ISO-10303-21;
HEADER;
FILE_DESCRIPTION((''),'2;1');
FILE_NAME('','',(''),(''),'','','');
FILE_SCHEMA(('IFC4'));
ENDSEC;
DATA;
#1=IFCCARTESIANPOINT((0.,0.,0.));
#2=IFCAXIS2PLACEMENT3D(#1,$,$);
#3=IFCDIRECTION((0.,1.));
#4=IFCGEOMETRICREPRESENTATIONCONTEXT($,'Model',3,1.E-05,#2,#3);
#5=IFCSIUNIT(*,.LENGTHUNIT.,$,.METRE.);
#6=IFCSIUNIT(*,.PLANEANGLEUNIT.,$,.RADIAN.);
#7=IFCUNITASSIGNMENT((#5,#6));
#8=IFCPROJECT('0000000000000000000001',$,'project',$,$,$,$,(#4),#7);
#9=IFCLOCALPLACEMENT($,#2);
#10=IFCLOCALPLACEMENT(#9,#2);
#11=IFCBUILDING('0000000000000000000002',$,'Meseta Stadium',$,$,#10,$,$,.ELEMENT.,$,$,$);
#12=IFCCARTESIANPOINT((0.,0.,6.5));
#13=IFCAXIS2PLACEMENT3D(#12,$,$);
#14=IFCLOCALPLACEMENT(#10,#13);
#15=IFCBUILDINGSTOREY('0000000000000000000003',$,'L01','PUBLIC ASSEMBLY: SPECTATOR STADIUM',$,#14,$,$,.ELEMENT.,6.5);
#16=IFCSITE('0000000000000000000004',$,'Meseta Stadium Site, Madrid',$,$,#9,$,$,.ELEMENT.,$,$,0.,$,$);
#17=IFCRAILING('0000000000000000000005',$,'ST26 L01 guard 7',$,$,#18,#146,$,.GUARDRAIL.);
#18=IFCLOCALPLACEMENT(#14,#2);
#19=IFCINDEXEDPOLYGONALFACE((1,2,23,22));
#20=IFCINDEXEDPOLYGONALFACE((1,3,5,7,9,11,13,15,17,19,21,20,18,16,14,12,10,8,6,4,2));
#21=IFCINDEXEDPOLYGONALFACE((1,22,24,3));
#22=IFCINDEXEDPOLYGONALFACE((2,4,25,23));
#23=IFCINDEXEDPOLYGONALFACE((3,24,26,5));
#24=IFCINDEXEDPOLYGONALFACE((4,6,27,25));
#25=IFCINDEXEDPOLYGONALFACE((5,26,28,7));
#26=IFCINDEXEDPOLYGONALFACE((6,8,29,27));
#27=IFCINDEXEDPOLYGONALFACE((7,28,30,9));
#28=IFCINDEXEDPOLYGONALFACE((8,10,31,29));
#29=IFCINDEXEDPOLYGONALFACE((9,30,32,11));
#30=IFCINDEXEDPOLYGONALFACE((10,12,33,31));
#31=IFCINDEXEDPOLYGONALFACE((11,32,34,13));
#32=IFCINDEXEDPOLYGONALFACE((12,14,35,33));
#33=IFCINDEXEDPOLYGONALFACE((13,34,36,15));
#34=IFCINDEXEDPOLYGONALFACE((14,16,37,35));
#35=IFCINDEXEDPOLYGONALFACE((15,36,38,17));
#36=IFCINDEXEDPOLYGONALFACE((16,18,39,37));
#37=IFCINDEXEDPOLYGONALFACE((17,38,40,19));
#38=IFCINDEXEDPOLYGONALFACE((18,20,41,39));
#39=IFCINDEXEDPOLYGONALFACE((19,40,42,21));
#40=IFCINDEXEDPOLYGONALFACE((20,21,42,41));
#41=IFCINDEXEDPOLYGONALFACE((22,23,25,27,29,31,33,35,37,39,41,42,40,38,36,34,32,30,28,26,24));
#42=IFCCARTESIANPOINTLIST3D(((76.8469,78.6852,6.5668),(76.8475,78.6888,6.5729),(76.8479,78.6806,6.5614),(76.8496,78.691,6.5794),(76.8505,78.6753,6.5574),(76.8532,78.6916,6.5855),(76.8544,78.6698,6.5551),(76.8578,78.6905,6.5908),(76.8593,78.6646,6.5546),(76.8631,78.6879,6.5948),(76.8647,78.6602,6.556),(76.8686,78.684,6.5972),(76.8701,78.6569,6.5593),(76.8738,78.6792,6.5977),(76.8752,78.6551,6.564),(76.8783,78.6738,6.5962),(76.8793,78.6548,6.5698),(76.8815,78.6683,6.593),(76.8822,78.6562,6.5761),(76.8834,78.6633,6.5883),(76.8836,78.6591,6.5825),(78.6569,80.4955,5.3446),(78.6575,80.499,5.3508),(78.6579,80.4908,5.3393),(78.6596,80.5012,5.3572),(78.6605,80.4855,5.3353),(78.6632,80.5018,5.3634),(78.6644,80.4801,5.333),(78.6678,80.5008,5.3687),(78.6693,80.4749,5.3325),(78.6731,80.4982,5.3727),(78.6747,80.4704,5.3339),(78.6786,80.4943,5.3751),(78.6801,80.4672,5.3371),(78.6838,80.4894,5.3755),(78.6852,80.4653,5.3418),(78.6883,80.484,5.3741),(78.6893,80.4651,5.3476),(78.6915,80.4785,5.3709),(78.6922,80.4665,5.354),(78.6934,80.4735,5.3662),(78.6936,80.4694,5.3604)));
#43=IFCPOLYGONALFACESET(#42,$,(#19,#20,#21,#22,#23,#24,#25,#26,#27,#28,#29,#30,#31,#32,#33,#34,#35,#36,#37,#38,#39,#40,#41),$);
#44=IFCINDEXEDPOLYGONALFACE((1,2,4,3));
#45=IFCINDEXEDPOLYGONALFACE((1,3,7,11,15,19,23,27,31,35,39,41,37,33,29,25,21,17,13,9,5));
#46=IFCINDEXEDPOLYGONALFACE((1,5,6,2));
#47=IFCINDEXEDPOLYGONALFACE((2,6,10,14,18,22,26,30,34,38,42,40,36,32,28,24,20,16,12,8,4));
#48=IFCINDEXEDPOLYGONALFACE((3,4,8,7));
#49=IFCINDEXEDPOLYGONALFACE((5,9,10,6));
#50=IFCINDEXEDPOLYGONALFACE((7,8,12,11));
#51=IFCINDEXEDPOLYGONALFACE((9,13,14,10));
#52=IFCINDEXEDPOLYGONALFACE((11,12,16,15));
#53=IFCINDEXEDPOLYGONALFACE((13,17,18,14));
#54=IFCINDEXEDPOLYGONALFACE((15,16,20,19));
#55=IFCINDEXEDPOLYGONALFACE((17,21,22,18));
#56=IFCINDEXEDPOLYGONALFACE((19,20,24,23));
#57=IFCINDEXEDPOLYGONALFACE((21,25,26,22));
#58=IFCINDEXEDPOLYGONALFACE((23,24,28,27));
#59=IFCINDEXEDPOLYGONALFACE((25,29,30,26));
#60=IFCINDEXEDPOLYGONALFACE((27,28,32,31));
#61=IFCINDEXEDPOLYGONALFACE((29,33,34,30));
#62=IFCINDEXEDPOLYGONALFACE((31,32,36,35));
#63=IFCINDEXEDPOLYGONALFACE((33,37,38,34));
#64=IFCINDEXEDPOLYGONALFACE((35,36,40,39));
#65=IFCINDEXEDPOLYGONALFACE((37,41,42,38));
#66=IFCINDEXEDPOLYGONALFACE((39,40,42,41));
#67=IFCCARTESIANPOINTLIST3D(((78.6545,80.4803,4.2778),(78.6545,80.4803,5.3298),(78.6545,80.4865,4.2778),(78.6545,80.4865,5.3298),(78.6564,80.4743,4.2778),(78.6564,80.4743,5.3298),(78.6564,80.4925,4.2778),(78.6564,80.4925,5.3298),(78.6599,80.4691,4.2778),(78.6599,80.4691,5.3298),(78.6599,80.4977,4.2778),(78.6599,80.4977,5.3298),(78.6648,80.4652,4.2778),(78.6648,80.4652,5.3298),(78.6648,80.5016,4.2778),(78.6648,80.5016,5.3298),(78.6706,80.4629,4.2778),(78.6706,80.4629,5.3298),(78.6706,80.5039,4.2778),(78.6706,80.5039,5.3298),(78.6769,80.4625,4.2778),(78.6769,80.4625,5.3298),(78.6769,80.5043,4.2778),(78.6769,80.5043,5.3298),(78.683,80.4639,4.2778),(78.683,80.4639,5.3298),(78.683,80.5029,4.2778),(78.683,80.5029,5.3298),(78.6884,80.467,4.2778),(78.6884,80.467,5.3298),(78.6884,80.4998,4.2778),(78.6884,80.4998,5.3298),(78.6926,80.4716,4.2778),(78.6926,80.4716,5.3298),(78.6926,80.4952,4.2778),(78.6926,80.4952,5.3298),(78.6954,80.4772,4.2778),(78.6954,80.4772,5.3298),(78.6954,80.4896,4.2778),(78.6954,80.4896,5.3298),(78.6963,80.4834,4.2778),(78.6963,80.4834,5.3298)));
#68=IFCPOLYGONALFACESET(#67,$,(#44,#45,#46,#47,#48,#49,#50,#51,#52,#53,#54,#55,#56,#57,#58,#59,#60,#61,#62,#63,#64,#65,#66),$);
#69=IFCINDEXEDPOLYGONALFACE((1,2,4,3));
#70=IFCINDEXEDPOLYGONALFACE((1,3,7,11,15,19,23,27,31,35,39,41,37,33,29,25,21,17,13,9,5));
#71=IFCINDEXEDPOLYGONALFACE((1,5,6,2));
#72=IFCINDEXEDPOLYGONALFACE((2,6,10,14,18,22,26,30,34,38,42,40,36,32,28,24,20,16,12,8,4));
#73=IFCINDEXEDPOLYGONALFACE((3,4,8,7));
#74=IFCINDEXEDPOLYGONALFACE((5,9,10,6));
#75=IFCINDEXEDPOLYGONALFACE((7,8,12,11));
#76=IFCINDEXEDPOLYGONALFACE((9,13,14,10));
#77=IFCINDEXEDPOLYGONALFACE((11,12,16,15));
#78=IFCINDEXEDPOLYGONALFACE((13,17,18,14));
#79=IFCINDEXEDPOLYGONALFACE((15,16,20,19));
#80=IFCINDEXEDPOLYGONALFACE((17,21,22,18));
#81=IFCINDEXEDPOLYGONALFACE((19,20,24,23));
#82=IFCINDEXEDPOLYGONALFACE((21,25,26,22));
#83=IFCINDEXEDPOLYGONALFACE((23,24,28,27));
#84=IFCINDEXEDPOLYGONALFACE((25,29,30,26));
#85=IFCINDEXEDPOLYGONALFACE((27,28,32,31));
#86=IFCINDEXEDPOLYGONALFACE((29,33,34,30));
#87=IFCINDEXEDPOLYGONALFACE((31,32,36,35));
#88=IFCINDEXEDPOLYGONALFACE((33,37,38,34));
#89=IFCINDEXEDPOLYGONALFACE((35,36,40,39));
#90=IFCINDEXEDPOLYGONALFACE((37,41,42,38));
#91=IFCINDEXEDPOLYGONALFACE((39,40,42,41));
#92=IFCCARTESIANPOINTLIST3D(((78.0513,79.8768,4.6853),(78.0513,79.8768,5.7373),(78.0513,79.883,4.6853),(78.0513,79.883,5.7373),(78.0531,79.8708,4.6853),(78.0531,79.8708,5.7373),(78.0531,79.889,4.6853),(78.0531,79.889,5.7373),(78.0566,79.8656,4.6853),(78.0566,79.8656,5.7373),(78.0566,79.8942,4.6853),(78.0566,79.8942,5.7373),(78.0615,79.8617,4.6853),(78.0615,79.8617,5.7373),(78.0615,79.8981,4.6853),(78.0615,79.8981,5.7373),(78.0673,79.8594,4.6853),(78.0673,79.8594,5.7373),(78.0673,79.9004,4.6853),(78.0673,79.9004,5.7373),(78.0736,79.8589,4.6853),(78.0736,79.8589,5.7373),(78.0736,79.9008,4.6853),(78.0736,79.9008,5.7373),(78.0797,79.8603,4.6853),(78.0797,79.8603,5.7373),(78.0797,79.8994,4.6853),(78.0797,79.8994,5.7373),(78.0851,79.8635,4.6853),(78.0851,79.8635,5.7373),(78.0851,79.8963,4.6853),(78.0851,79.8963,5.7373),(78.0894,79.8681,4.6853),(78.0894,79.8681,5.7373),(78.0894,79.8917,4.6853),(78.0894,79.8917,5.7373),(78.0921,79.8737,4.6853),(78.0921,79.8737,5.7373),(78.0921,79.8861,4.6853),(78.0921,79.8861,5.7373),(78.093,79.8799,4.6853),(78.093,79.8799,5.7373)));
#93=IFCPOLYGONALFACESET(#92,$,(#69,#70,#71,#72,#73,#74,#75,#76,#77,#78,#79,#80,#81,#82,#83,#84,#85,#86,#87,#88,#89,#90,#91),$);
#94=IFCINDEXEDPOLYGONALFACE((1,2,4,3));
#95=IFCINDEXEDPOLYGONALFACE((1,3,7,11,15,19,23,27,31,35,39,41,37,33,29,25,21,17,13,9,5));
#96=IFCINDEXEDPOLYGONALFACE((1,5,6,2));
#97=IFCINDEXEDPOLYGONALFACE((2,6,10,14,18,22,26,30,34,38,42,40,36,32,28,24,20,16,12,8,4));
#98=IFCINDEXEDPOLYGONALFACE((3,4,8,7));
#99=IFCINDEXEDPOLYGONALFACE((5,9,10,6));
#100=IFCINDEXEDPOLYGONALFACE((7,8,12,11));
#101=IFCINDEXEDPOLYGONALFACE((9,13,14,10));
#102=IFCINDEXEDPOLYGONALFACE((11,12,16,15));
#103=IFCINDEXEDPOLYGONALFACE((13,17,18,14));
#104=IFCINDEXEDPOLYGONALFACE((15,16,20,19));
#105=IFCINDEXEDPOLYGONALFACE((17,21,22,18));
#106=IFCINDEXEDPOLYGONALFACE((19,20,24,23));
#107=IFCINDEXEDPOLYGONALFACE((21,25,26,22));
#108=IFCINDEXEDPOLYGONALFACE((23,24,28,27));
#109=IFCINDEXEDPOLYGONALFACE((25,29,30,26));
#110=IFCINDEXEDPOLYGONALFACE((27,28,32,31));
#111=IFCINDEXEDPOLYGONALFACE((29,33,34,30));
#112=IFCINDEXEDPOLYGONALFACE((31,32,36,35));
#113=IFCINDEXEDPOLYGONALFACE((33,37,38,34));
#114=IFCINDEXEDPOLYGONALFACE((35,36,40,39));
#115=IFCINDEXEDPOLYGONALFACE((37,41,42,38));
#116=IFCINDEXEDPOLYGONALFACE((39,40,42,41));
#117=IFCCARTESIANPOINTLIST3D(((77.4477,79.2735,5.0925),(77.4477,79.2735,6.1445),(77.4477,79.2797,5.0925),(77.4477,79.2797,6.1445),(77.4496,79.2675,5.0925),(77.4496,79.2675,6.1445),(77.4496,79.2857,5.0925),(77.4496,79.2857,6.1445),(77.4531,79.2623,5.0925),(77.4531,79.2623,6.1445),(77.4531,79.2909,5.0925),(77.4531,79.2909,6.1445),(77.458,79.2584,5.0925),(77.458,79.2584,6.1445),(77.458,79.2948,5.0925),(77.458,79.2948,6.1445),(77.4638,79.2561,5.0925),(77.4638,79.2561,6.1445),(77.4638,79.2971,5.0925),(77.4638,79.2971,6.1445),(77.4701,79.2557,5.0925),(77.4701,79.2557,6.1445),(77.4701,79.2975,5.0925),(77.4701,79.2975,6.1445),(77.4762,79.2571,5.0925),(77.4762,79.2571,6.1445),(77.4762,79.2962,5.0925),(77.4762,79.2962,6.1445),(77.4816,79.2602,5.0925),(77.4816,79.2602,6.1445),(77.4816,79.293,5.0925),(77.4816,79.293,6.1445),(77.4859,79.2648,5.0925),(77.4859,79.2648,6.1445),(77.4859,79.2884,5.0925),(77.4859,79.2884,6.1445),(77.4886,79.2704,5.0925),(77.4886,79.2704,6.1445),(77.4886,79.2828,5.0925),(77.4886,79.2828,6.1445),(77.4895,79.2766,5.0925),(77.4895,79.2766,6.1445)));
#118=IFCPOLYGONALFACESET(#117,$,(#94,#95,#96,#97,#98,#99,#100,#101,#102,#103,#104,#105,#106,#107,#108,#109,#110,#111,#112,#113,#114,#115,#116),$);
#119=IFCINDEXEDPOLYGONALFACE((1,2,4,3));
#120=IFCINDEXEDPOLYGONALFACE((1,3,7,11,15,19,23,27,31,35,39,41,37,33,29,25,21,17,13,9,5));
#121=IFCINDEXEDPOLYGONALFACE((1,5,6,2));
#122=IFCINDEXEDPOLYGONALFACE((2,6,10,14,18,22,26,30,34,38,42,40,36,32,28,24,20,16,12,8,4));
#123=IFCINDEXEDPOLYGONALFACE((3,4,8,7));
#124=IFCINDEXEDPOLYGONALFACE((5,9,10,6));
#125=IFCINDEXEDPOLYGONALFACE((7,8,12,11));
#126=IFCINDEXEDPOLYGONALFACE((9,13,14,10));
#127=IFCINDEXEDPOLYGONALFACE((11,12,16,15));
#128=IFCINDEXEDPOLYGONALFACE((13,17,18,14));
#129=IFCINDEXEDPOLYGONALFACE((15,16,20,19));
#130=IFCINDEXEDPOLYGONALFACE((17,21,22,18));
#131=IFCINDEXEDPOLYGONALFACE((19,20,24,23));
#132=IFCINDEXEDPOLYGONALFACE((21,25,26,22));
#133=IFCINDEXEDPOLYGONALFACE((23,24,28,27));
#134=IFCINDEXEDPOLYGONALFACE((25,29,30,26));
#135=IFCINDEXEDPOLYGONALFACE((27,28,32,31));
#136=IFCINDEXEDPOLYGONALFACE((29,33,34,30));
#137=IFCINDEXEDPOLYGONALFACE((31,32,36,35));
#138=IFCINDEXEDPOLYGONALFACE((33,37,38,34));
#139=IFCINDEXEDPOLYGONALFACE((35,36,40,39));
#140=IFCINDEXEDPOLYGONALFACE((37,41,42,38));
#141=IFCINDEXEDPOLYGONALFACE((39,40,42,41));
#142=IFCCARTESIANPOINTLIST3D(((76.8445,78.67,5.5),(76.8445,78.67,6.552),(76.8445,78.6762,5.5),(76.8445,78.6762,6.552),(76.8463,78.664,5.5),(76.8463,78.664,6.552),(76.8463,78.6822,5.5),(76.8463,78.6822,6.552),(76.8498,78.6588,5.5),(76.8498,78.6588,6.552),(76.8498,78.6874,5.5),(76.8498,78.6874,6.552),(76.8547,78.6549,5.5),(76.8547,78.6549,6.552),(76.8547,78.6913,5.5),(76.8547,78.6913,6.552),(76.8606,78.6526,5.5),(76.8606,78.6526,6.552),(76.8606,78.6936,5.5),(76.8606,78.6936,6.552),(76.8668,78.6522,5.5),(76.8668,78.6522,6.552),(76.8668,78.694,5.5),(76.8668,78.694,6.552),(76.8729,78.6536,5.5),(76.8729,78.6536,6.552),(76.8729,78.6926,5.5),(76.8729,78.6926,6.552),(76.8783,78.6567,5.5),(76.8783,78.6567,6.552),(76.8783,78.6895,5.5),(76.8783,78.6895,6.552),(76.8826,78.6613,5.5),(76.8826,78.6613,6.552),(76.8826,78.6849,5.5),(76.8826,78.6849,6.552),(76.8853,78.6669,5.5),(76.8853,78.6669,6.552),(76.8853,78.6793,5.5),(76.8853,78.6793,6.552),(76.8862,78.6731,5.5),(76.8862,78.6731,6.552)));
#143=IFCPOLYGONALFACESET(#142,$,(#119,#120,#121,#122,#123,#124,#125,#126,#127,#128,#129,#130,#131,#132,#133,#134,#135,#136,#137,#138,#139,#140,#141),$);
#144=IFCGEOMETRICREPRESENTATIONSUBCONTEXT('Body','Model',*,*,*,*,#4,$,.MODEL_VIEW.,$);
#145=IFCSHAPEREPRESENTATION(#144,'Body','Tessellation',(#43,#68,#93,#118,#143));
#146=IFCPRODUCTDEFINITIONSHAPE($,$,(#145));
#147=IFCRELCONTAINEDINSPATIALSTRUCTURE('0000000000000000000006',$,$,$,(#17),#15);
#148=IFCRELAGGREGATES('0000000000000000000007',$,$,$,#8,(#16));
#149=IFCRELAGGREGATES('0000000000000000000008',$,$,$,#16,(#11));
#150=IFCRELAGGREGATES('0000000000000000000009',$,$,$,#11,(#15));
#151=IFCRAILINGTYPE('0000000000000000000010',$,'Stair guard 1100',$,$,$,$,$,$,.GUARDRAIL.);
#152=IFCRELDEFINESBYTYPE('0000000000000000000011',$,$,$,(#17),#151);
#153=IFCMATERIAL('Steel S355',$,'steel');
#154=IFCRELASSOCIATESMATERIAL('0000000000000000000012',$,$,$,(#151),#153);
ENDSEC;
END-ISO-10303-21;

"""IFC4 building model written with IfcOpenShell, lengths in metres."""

from ifc_helpers import new_model, si_unit, direction, frame, origin, origin_2d, place, context, subcontext, project, spatial, circle, extrude, material, type_object, element, save


model = new_model("IFC4")

# Units and contexts
model_context = context("Model", 3, precision=1e-05, world=origin(), true_north=direction((0.0, 1.0)))
body_context = subcontext(model_context, "Body", "Model", "MODEL_VIEW")
ifc_project = project(units=[si_unit("LENGTHUNIT", "METRE"), si_unit("PLANEANGLEUNIT", "RADIAN")], contexts=[model_context])

# Site, building, storey
site_placement = place(None, origin())
site = spatial("IfcSite", under=ifc_project, at=site_placement, Name="Meseta Stadium Site, Madrid", CompositionType="ELEMENT", RefElevation=0.0)
building_placement = place(site_placement, origin())
building = spatial("IfcBuilding", under=site, at=building_placement, Name="Meseta Stadium", CompositionType="ELEMENT")
storey_placement = place(building_placement, frame((0.0, 0.0, 6.5)))
storey = spatial("IfcBuildingStorey", under=building, at=storey_placement, Name="L01", Description="PUBLIC ASSEMBLY: SPECTATOR STADIUM", CompositionType="ELEMENT", Elevation=6.5)

# Railing
ifc_material_1 = material(Name="Steel S355", Category="steel")
railing_type_1 = type_object("IfcRailingType", Name="Stair guard 1100", PredefinedType="GUARDRAIL", material=ifc_material_1)
railing_1_placement = place(storey_placement, frame((78.6753, 80.4834, 4.2778)))
element("IfcRailing", 1, at=railing_1_placement, inside=storey, type_object=railing_type_1, Name="ST26 L01 guard 7", PredefinedType="GUARDRAIL", context=body_context, shape_type="SweptSolid", body=[
    extrude(circle(Radius=0.0239, at=origin_2d()), frame((0.0, 0.0, 1.0762), z_axis=(-0.638073, -0.638159, 0.430832), x_axis=(0.707154, -0.707059, 0.0)), (0.0, 0.0, 1.0), 2.8367),
    extrude(circle(Radius=0.021, at=origin_2d()), origin(), (0.0, 0.0, 1.0), 1.052),
    extrude(circle(Radius=0.021, at=origin_2d()), frame((-0.6033, -0.6035, 0.4075)), (0.0, 0.0, 1.0), 1.052),
    extrude(circle(Radius=0.021, at=origin_2d()), frame((-1.2068, -1.2068, 0.8147)), (0.0, 0.0, 1.0), 1.052),
    extrude(circle(Radius=0.021, at=origin_2d()), frame((-1.8101, -1.8103, 1.2222)), (0.0, 0.0, 1.0), 1.052),
])

save(model, "model.ifc")
